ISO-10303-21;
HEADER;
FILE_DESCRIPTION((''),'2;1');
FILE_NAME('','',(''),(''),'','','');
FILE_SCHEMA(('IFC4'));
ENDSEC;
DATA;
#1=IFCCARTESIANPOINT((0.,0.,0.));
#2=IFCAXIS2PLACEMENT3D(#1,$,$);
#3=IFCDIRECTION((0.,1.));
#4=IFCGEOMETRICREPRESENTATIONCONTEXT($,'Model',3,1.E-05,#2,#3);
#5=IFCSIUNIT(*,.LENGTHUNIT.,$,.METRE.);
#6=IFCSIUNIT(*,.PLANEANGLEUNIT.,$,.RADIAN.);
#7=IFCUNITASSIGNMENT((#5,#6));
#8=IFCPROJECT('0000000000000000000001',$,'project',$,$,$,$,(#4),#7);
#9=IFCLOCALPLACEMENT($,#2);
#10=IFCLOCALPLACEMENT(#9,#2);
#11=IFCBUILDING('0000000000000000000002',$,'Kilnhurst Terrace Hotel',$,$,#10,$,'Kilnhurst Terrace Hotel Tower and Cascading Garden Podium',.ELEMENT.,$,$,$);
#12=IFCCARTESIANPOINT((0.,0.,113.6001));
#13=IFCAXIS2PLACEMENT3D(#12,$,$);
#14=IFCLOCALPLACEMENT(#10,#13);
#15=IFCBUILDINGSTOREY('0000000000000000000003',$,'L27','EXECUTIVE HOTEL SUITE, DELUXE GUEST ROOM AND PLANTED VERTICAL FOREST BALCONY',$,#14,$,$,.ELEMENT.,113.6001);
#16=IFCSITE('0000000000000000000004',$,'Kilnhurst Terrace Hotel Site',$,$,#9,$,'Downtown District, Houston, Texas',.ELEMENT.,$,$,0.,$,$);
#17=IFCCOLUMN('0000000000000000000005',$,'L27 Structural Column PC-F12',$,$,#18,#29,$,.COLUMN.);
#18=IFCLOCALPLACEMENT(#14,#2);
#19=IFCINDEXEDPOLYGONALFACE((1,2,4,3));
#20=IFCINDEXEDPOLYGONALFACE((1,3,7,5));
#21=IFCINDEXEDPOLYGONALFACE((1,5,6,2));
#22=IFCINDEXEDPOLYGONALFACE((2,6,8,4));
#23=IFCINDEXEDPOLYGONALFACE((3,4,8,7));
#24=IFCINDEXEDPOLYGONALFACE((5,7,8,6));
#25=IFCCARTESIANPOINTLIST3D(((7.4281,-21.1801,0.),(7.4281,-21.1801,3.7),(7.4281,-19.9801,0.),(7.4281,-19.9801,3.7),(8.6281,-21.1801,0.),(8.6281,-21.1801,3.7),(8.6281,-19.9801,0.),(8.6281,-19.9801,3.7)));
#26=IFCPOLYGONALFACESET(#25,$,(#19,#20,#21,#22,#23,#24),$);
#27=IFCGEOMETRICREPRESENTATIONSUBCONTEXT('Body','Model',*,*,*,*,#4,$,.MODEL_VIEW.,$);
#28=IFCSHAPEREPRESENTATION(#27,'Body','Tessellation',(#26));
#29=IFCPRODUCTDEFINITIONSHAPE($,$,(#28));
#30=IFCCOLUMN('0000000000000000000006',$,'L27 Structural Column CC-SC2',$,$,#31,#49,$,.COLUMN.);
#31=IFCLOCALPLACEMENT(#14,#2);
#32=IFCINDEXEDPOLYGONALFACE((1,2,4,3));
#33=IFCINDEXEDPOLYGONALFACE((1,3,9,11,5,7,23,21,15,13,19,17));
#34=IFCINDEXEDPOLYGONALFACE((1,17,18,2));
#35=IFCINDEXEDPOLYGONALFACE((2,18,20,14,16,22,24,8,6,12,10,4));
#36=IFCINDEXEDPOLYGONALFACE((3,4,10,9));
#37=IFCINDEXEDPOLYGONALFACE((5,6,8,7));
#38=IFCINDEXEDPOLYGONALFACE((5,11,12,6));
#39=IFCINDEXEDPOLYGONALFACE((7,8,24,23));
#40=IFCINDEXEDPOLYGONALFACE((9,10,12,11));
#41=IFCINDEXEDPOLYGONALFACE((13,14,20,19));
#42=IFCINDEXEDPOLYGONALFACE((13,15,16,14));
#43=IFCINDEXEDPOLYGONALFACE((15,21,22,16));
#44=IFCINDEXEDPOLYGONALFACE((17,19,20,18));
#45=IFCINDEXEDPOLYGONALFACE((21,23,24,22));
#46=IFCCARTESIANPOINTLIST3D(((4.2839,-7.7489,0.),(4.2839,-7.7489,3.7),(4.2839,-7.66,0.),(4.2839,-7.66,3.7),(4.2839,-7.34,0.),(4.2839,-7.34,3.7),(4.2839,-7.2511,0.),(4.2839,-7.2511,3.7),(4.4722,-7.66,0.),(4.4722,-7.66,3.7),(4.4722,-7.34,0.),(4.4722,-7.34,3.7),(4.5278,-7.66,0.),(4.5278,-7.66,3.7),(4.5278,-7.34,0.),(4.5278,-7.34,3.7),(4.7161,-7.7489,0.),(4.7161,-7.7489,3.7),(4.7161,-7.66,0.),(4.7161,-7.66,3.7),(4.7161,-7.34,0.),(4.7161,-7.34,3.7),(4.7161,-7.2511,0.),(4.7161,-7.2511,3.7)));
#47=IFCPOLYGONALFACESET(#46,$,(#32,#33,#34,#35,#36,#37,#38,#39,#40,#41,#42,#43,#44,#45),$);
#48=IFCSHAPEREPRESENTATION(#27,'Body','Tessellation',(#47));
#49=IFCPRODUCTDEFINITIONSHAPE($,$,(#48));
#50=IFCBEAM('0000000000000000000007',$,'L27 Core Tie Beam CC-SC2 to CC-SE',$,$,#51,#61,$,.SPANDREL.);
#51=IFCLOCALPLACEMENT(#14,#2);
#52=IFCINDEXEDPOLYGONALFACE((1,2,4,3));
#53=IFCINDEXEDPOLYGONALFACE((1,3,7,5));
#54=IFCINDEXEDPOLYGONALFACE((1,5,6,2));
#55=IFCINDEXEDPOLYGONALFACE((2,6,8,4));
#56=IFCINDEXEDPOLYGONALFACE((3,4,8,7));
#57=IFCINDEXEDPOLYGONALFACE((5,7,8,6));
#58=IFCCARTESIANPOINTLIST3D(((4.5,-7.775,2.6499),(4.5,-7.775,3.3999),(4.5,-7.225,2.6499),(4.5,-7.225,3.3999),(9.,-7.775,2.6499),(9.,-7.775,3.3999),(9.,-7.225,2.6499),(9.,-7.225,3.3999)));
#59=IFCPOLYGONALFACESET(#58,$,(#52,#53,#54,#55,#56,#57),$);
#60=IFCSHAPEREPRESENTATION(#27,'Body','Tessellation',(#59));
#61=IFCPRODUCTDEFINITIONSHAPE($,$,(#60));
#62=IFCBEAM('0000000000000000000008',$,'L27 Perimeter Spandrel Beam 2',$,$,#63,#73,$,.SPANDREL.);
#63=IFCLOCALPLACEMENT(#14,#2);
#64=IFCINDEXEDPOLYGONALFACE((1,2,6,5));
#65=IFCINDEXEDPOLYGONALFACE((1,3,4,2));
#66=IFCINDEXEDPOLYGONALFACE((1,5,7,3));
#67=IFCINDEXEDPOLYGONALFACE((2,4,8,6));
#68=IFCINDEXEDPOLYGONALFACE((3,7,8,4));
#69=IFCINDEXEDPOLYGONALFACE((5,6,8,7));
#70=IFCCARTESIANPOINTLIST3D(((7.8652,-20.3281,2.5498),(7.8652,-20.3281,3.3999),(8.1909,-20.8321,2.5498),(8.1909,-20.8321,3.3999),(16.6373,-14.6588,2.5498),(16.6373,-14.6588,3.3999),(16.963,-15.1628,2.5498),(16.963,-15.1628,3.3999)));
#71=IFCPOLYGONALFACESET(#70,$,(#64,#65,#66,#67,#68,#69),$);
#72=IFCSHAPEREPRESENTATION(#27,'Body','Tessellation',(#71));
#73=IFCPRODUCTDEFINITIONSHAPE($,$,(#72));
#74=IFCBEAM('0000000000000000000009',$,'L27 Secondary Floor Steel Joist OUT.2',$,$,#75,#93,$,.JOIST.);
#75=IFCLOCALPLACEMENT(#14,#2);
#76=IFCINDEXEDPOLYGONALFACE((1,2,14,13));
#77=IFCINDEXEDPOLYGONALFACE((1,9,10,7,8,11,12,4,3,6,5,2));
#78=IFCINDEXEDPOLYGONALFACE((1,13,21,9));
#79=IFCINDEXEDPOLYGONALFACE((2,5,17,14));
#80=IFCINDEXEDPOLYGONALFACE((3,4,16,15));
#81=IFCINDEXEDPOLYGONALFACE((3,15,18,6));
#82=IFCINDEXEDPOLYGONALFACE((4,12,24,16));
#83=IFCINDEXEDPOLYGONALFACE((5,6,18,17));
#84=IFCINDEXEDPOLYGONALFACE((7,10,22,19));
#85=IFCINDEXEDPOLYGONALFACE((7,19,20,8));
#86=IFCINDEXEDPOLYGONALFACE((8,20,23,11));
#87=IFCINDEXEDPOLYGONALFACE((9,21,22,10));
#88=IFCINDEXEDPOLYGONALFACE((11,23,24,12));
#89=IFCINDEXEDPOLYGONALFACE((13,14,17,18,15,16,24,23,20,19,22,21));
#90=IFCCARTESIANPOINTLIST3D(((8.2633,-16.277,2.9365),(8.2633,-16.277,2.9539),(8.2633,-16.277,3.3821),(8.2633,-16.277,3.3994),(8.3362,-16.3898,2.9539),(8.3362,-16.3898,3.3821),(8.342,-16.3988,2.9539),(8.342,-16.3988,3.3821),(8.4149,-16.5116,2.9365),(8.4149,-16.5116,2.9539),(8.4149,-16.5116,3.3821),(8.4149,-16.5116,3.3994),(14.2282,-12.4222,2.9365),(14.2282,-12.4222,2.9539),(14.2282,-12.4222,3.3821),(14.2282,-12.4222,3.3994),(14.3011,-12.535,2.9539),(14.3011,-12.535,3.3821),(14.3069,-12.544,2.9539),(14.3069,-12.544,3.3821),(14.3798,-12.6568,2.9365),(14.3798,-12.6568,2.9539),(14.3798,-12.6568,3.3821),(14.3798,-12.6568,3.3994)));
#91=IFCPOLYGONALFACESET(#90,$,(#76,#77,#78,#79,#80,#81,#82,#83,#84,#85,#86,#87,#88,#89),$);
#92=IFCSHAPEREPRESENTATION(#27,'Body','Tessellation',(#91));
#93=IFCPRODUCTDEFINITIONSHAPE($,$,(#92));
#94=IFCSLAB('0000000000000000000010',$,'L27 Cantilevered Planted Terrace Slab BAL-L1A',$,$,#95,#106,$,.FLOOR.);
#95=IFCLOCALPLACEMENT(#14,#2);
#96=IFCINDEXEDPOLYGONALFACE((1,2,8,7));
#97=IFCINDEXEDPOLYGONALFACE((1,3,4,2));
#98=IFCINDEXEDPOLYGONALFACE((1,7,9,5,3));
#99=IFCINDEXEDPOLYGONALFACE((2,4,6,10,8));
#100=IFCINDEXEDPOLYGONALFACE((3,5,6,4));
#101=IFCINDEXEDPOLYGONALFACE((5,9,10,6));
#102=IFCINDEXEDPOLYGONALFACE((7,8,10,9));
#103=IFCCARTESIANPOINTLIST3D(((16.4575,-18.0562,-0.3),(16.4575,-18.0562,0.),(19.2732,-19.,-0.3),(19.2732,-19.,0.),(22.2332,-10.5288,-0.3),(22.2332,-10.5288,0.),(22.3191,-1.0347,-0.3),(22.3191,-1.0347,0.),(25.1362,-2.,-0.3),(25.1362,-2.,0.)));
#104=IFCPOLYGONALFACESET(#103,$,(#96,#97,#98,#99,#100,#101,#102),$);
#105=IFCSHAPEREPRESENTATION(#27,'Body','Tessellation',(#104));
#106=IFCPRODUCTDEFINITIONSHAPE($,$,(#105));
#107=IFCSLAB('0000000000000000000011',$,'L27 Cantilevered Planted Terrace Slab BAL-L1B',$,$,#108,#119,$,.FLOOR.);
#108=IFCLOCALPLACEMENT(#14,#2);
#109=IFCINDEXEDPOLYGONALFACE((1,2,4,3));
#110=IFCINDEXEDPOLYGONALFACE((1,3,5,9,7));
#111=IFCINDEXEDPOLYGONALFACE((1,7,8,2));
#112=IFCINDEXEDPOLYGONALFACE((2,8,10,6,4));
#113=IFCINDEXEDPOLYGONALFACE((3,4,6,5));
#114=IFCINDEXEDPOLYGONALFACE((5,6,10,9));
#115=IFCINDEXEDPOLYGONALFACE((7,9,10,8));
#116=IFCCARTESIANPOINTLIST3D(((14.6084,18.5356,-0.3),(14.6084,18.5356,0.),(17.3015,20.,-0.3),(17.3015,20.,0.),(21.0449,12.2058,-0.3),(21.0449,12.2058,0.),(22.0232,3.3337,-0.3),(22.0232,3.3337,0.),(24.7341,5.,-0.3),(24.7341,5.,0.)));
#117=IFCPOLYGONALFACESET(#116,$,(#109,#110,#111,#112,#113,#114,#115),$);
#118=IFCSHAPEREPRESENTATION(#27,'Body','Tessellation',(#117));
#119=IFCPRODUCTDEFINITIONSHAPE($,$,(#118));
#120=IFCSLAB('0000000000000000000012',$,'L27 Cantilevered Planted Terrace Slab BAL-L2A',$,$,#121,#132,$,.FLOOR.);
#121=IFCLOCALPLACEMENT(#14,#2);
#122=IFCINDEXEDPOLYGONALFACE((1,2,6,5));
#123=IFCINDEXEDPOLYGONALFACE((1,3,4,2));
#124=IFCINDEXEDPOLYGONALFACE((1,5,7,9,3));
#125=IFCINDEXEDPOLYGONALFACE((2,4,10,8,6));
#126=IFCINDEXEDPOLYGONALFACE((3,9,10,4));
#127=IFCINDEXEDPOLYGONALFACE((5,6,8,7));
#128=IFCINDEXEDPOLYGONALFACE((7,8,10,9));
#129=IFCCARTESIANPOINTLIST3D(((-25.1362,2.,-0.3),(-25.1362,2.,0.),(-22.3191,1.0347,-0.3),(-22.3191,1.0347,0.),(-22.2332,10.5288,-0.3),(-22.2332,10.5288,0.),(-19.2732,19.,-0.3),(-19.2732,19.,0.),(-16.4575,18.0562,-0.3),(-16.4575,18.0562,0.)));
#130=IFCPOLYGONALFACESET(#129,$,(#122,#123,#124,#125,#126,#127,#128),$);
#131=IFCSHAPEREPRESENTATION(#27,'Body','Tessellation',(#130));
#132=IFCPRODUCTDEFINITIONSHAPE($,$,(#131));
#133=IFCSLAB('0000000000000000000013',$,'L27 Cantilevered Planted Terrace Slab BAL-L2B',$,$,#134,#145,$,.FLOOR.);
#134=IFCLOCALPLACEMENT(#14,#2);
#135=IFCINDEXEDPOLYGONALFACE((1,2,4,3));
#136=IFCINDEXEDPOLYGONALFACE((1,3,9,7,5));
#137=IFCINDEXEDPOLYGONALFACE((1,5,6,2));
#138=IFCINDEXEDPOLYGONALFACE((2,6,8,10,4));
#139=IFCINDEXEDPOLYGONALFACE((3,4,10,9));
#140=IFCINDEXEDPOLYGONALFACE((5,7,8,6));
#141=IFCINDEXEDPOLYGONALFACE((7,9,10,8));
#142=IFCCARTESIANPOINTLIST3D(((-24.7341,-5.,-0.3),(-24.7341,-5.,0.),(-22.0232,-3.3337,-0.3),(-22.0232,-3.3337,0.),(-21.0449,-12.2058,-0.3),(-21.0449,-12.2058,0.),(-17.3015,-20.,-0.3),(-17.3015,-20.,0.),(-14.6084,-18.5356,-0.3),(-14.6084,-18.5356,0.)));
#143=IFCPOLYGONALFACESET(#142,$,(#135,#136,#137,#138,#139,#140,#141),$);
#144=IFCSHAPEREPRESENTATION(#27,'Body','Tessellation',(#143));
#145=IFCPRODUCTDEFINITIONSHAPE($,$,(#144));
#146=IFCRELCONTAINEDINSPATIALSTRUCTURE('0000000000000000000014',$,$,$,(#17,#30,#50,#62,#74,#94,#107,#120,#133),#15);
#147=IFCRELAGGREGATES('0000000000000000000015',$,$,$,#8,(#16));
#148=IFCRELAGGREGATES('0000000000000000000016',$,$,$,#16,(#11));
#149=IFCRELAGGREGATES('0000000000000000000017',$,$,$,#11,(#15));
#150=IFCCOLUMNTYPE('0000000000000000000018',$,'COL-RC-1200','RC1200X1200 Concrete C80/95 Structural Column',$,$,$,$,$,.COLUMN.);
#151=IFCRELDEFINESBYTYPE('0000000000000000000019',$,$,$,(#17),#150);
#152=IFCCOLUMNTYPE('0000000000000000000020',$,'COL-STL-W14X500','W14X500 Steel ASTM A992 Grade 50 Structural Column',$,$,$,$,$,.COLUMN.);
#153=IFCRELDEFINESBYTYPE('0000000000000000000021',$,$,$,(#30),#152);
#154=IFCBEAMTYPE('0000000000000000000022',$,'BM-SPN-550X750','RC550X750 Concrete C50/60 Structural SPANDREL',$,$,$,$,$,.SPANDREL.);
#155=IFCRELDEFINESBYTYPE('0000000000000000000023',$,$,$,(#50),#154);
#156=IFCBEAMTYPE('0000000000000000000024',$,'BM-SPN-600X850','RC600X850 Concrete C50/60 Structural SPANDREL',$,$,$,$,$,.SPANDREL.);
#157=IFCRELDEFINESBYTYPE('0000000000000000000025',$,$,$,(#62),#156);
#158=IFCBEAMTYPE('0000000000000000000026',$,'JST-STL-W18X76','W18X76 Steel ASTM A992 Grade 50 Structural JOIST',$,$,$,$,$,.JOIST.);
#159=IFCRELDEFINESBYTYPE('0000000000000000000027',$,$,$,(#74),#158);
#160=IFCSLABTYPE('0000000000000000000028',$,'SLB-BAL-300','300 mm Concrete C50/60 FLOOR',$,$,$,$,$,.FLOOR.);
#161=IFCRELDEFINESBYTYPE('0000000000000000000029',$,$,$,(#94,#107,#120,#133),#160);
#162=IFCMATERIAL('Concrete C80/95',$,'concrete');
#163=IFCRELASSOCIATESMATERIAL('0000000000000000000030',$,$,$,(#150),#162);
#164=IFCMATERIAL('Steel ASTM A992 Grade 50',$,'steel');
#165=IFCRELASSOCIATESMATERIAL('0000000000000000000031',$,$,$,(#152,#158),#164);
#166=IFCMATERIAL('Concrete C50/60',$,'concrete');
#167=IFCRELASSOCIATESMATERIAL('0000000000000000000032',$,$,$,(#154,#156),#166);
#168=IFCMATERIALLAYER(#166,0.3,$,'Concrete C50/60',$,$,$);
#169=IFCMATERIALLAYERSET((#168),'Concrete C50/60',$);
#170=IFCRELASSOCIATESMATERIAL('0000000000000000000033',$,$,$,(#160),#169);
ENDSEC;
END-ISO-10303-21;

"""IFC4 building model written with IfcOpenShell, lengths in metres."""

from ifc_helpers import new_model, si_unit, direction, frame, origin, origin_2d, place, context, subcontext, project, spatial, polyline, rectangle, i_section, outline, extrude, material, layer, layer_set, material_profile, profile_set, type_object, element, save


model = new_model("IFC4")

# Units and contexts
model_context = context("Model", 3, precision=1e-05, world=origin(), true_north=direction((0.0, 1.0)))
body_context = subcontext(model_context, "Body", "Model", "MODEL_VIEW")
ifc_project = project(units=[si_unit("LENGTHUNIT", "METRE"), si_unit("PLANEANGLEUNIT", "RADIAN")], contexts=[model_context])

# Site, building, storey
site_placement = place(None, origin())
site = spatial("IfcSite", under=ifc_project, at=site_placement, Name="Kilnhurst Terrace Hotel Site", LongName="Downtown District, Houston, Texas", CompositionType="ELEMENT", RefElevation=0.0)
building_placement = place(site_placement, origin())
building = spatial("IfcBuilding", under=site, at=building_placement, Name="Kilnhurst Terrace Hotel", LongName="Kilnhurst Terrace Hotel Tower and Cascading Garden Podium", CompositionType="ELEMENT")
storey_placement = place(building_placement, frame((0.0, 0.0, 113.6001)))
storey = spatial("IfcBuildingStorey", under=building, at=storey_placement, Name="L27", Description="EXECUTIVE HOTEL SUITE, DELUXE GUEST ROOM AND PLANTED VERTICAL FOREST BALCONY", CompositionType="ELEMENT", Elevation=113.6001)

# Columns
ifc_material_1 = material(Name="Concrete C80/95", Category="concrete")
ifc_material_profile_1 = material_profile(ifc_material_1, rectangle(XDim=1.2, YDim=1.2, at=origin_2d()), Name="RC1200X1200")
ifc_profile_set_1 = profile_set([ifc_material_profile_1], Name="Concrete C80/95")
column_type_1 = type_object("IfcColumnType", Name="COL-RC-1200", Description="RC1200X1200 Concrete C80/95 Structural Column", PredefinedType="COLUMN", material=ifc_profile_set_1)
column_1_placement = place(storey_placement, frame((8.0281, -20.5801, 0.0), z_axis=(0.0, 0.0, 1.0), x_axis=(1.0, 0.0, 0.0)))
element("IfcColumn", 1, at=column_1_placement, inside=storey, type_object=column_type_1, Name="L27 Structural Column PC-F12", PredefinedType="COLUMN", context=body_context, shape_type="SweptSolid", body=[
    extrude(rectangle(XDim=1.2, YDim=1.2, at=origin_2d()), origin(), (0.0, 0.0, 1.0), 3.7),
])
ifc_material_2 = material(Name="Steel ASTM A992 Grade 50", Category="steel")
ifc_material_profile_2 = material_profile(ifc_material_2, i_section(OverallWidth=0.4321, OverallDepth=0.4978, WebThickness=0.0557, FlangeThickness=0.0889, at=origin_2d()), Name="W14X500")
ifc_profile_set_2 = profile_set([ifc_material_profile_2], Name="Steel ASTM A992 Grade 50")
column_type_2 = type_object("IfcColumnType", Name="COL-STL-W14X500", Description="W14X500 Steel ASTM A992 Grade 50 Structural Column", PredefinedType="COLUMN", material=ifc_profile_set_2)
column_2_placement = place(storey_placement, frame((4.5, -7.5, 0.0), z_axis=(0.0, 0.0, 1.0), x_axis=(1.0, 0.0, 0.0)))
element("IfcColumn", 2, at=column_2_placement, inside=storey, type_object=column_type_2, Name="L27 Structural Column CC-SC2", PredefinedType="COLUMN", context=body_context, shape_type="SweptSolid", body=[
    extrude(i_section(OverallWidth=0.4321, OverallDepth=0.4978, WebThickness=0.0557, FlangeThickness=0.0889, at=origin_2d()), origin(), (0.0, 0.0, 1.0), 3.7),
])

# Beams
ifc_material_3 = material(Name="Concrete C50/60", Category="concrete")
ifc_material_profile_3 = material_profile(ifc_material_3, rectangle(XDim=0.55, YDim=0.75, at=origin_2d()), Name="RC550X750")
ifc_profile_set_3 = profile_set([ifc_material_profile_3], Name="Concrete C50/60")
beam_type_1 = type_object("IfcBeamType", Name="BM-SPN-550X750", Description="RC550X750 Concrete C50/60 Structural SPANDREL", PredefinedType="SPANDREL", material=ifc_profile_set_3)
beam_1_placement = place(storey_placement, frame((4.5, -7.5, 3.0249), z_axis=(1.0, 0.0, 0.0), x_axis=(0.0, 1.0, 0.0)))
element("IfcBeam", 3, at=beam_1_placement, inside=storey, type_object=beam_type_1, Name="L27 Core Tie Beam CC-SC2 to CC-SE", PredefinedType="SPANDREL", context=body_context, shape_type="SweptSolid", body=[
    extrude(rectangle(XDim=0.55, YDim=0.75, at=origin_2d()), origin(), (0.0, 0.0, 1.0), 4.5),
])
ifc_material_profile_4 = material_profile(ifc_material_3, rectangle(XDim=0.6001, YDim=0.8501, at=origin_2d()), Name="RC600X850")
ifc_profile_set_4 = profile_set([ifc_material_profile_4], Name="Concrete C50/60")
beam_type_2 = type_object("IfcBeamType", Name="BM-SPN-600X850", Description="RC600X850 Concrete C50/60 Structural SPANDREL", PredefinedType="SPANDREL", material=ifc_profile_set_4)
beam_2_placement = place(storey_placement, frame((8.0281, -20.5801, 2.9749), z_axis=(0.839867, 0.542793, 0.0), x_axis=(-0.542793, 0.839867, 0.0)))
element("IfcBeam", 4, at=beam_2_placement, inside=storey, type_object=beam_type_2, Name="L27 Perimeter Spandrel Beam 2", PredefinedType="SPANDREL", context=body_context, shape_type="SweptSolid", body=[
    extrude(rectangle(XDim=0.6001, YDim=0.8501, at=origin_2d()), origin(), (0.0, 0.0, 1.0), 10.4446),
])
ifc_material_profile_5 = material_profile(ifc_material_2, i_section(OverallWidth=0.2793, OverallDepth=0.4629, WebThickness=0.0107, FlangeThickness=0.0173, at=origin_2d()), Name="W18X76")
ifc_profile_set_5 = profile_set([ifc_material_profile_5], Name="Steel ASTM A992 Grade 50")
beam_type_3 = type_object("IfcBeamType", Name="JST-STL-W18X76", Description="W18X76 Steel ASTM A992 Grade 50 Structural JOIST", PredefinedType="JOIST", material=ifc_profile_set_5)
beam_3_placement = place(storey_placement, frame((8.3391, -16.3943, 3.168), z_axis=(0.839883, 0.542768, 0.0), x_axis=(-0.542768, 0.839883, 0.0)))
element("IfcBeam", 5, at=beam_3_placement, inside=storey, type_object=beam_type_3, Name="L27 Secondary Floor Steel Joist OUT.2", PredefinedType="JOIST", context=body_context, shape_type="SweptSolid", body=[
    extrude(i_section(OverallWidth=0.2793, OverallDepth=0.4629, WebThickness=0.0107, FlangeThickness=0.0173, at=origin_2d()), origin(), (0.0, 0.0, 1.0), 7.1021),
])

# Slabs
ifc_layer_1 = layer(ifc_material_3, 0.3, Name="Concrete C50/60")
ifc_layer_set_1 = layer_set([ifc_layer_1], Name="Concrete C50/60")
slab_type_1 = type_object("IfcSlabType", Name="SLB-BAL-300", Description="300 mm Concrete C50/60 FLOOR", PredefinedType="FLOOR", material=ifc_layer_set_1)
slab_1_placement = place(storey_placement, frame((0.0, 0.0, -0.3)))
element("IfcSlab", 6, at=slab_1_placement, inside=storey, type_object=slab_type_1, Name="L27 Cantilevered Planted Terrace Slab BAL-L1A", PredefinedType="FLOOR", context=body_context, shape_type="SweptSolid", body=[
    extrude(outline(polyline([(22.2332, -10.5288), (19.2732, -19.0), (16.4575, -18.0562), (22.3191, -1.0347), (25.1362, -2.0), (22.2332, -10.5288)])), origin(), (0.0, 0.0, 1.0), 0.3),
])
slab_2_placement = place(storey_placement, frame((0.0, 0.0, -0.3)))
element("IfcSlab", 7, at=slab_2_placement, inside=storey, type_object=slab_type_1, Name="L27 Cantilevered Planted Terrace Slab BAL-L1B", PredefinedType="FLOOR", context=body_context, shape_type="SweptSolid", body=[
    extrude(outline(polyline([(24.7341, 5.0), (22.0232, 3.3337), (14.6084, 18.5356), (17.3015, 20.0), (21.0449, 12.2058), (24.7341, 5.0)])), origin(), (0.0, 0.0, 1.0), 0.3),
])
slab_3_placement = place(storey_placement, frame((0.0, 0.0, -0.3)))
element("IfcSlab", 8, at=slab_3_placement, inside=storey, type_object=slab_type_1, Name="L27 Cantilevered Planted Terrace Slab BAL-L2A", PredefinedType="FLOOR", context=body_context, shape_type="SweptSolid", body=[
    extrude(outline(polyline([(-19.2732, 19.0), (-16.4575, 18.0562), (-22.3191, 1.0347), (-25.1362, 2.0), (-22.2332, 10.5288), (-19.2732, 19.0)])), origin(), (0.0, 0.0, 1.0), 0.3),
])
slab_4_placement = place(storey_placement, frame((0.0, 0.0, -0.3)))
element("IfcSlab", 9, at=slab_4_placement, inside=storey, type_object=slab_type_1, Name="L27 Cantilevered Planted Terrace Slab BAL-L2B", PredefinedType="FLOOR", context=body_context, shape_type="SweptSolid", body=[
    extrude(outline(polyline([(-24.7341, -5.0), (-22.0232, -3.3337), (-14.6084, -18.5356), (-17.3015, -20.0), (-21.0449, -12.2058), (-24.7341, -5.0)])), origin(), (0.0, 0.0, 1.0), 0.3),
])

save(model, "model.ifc")
